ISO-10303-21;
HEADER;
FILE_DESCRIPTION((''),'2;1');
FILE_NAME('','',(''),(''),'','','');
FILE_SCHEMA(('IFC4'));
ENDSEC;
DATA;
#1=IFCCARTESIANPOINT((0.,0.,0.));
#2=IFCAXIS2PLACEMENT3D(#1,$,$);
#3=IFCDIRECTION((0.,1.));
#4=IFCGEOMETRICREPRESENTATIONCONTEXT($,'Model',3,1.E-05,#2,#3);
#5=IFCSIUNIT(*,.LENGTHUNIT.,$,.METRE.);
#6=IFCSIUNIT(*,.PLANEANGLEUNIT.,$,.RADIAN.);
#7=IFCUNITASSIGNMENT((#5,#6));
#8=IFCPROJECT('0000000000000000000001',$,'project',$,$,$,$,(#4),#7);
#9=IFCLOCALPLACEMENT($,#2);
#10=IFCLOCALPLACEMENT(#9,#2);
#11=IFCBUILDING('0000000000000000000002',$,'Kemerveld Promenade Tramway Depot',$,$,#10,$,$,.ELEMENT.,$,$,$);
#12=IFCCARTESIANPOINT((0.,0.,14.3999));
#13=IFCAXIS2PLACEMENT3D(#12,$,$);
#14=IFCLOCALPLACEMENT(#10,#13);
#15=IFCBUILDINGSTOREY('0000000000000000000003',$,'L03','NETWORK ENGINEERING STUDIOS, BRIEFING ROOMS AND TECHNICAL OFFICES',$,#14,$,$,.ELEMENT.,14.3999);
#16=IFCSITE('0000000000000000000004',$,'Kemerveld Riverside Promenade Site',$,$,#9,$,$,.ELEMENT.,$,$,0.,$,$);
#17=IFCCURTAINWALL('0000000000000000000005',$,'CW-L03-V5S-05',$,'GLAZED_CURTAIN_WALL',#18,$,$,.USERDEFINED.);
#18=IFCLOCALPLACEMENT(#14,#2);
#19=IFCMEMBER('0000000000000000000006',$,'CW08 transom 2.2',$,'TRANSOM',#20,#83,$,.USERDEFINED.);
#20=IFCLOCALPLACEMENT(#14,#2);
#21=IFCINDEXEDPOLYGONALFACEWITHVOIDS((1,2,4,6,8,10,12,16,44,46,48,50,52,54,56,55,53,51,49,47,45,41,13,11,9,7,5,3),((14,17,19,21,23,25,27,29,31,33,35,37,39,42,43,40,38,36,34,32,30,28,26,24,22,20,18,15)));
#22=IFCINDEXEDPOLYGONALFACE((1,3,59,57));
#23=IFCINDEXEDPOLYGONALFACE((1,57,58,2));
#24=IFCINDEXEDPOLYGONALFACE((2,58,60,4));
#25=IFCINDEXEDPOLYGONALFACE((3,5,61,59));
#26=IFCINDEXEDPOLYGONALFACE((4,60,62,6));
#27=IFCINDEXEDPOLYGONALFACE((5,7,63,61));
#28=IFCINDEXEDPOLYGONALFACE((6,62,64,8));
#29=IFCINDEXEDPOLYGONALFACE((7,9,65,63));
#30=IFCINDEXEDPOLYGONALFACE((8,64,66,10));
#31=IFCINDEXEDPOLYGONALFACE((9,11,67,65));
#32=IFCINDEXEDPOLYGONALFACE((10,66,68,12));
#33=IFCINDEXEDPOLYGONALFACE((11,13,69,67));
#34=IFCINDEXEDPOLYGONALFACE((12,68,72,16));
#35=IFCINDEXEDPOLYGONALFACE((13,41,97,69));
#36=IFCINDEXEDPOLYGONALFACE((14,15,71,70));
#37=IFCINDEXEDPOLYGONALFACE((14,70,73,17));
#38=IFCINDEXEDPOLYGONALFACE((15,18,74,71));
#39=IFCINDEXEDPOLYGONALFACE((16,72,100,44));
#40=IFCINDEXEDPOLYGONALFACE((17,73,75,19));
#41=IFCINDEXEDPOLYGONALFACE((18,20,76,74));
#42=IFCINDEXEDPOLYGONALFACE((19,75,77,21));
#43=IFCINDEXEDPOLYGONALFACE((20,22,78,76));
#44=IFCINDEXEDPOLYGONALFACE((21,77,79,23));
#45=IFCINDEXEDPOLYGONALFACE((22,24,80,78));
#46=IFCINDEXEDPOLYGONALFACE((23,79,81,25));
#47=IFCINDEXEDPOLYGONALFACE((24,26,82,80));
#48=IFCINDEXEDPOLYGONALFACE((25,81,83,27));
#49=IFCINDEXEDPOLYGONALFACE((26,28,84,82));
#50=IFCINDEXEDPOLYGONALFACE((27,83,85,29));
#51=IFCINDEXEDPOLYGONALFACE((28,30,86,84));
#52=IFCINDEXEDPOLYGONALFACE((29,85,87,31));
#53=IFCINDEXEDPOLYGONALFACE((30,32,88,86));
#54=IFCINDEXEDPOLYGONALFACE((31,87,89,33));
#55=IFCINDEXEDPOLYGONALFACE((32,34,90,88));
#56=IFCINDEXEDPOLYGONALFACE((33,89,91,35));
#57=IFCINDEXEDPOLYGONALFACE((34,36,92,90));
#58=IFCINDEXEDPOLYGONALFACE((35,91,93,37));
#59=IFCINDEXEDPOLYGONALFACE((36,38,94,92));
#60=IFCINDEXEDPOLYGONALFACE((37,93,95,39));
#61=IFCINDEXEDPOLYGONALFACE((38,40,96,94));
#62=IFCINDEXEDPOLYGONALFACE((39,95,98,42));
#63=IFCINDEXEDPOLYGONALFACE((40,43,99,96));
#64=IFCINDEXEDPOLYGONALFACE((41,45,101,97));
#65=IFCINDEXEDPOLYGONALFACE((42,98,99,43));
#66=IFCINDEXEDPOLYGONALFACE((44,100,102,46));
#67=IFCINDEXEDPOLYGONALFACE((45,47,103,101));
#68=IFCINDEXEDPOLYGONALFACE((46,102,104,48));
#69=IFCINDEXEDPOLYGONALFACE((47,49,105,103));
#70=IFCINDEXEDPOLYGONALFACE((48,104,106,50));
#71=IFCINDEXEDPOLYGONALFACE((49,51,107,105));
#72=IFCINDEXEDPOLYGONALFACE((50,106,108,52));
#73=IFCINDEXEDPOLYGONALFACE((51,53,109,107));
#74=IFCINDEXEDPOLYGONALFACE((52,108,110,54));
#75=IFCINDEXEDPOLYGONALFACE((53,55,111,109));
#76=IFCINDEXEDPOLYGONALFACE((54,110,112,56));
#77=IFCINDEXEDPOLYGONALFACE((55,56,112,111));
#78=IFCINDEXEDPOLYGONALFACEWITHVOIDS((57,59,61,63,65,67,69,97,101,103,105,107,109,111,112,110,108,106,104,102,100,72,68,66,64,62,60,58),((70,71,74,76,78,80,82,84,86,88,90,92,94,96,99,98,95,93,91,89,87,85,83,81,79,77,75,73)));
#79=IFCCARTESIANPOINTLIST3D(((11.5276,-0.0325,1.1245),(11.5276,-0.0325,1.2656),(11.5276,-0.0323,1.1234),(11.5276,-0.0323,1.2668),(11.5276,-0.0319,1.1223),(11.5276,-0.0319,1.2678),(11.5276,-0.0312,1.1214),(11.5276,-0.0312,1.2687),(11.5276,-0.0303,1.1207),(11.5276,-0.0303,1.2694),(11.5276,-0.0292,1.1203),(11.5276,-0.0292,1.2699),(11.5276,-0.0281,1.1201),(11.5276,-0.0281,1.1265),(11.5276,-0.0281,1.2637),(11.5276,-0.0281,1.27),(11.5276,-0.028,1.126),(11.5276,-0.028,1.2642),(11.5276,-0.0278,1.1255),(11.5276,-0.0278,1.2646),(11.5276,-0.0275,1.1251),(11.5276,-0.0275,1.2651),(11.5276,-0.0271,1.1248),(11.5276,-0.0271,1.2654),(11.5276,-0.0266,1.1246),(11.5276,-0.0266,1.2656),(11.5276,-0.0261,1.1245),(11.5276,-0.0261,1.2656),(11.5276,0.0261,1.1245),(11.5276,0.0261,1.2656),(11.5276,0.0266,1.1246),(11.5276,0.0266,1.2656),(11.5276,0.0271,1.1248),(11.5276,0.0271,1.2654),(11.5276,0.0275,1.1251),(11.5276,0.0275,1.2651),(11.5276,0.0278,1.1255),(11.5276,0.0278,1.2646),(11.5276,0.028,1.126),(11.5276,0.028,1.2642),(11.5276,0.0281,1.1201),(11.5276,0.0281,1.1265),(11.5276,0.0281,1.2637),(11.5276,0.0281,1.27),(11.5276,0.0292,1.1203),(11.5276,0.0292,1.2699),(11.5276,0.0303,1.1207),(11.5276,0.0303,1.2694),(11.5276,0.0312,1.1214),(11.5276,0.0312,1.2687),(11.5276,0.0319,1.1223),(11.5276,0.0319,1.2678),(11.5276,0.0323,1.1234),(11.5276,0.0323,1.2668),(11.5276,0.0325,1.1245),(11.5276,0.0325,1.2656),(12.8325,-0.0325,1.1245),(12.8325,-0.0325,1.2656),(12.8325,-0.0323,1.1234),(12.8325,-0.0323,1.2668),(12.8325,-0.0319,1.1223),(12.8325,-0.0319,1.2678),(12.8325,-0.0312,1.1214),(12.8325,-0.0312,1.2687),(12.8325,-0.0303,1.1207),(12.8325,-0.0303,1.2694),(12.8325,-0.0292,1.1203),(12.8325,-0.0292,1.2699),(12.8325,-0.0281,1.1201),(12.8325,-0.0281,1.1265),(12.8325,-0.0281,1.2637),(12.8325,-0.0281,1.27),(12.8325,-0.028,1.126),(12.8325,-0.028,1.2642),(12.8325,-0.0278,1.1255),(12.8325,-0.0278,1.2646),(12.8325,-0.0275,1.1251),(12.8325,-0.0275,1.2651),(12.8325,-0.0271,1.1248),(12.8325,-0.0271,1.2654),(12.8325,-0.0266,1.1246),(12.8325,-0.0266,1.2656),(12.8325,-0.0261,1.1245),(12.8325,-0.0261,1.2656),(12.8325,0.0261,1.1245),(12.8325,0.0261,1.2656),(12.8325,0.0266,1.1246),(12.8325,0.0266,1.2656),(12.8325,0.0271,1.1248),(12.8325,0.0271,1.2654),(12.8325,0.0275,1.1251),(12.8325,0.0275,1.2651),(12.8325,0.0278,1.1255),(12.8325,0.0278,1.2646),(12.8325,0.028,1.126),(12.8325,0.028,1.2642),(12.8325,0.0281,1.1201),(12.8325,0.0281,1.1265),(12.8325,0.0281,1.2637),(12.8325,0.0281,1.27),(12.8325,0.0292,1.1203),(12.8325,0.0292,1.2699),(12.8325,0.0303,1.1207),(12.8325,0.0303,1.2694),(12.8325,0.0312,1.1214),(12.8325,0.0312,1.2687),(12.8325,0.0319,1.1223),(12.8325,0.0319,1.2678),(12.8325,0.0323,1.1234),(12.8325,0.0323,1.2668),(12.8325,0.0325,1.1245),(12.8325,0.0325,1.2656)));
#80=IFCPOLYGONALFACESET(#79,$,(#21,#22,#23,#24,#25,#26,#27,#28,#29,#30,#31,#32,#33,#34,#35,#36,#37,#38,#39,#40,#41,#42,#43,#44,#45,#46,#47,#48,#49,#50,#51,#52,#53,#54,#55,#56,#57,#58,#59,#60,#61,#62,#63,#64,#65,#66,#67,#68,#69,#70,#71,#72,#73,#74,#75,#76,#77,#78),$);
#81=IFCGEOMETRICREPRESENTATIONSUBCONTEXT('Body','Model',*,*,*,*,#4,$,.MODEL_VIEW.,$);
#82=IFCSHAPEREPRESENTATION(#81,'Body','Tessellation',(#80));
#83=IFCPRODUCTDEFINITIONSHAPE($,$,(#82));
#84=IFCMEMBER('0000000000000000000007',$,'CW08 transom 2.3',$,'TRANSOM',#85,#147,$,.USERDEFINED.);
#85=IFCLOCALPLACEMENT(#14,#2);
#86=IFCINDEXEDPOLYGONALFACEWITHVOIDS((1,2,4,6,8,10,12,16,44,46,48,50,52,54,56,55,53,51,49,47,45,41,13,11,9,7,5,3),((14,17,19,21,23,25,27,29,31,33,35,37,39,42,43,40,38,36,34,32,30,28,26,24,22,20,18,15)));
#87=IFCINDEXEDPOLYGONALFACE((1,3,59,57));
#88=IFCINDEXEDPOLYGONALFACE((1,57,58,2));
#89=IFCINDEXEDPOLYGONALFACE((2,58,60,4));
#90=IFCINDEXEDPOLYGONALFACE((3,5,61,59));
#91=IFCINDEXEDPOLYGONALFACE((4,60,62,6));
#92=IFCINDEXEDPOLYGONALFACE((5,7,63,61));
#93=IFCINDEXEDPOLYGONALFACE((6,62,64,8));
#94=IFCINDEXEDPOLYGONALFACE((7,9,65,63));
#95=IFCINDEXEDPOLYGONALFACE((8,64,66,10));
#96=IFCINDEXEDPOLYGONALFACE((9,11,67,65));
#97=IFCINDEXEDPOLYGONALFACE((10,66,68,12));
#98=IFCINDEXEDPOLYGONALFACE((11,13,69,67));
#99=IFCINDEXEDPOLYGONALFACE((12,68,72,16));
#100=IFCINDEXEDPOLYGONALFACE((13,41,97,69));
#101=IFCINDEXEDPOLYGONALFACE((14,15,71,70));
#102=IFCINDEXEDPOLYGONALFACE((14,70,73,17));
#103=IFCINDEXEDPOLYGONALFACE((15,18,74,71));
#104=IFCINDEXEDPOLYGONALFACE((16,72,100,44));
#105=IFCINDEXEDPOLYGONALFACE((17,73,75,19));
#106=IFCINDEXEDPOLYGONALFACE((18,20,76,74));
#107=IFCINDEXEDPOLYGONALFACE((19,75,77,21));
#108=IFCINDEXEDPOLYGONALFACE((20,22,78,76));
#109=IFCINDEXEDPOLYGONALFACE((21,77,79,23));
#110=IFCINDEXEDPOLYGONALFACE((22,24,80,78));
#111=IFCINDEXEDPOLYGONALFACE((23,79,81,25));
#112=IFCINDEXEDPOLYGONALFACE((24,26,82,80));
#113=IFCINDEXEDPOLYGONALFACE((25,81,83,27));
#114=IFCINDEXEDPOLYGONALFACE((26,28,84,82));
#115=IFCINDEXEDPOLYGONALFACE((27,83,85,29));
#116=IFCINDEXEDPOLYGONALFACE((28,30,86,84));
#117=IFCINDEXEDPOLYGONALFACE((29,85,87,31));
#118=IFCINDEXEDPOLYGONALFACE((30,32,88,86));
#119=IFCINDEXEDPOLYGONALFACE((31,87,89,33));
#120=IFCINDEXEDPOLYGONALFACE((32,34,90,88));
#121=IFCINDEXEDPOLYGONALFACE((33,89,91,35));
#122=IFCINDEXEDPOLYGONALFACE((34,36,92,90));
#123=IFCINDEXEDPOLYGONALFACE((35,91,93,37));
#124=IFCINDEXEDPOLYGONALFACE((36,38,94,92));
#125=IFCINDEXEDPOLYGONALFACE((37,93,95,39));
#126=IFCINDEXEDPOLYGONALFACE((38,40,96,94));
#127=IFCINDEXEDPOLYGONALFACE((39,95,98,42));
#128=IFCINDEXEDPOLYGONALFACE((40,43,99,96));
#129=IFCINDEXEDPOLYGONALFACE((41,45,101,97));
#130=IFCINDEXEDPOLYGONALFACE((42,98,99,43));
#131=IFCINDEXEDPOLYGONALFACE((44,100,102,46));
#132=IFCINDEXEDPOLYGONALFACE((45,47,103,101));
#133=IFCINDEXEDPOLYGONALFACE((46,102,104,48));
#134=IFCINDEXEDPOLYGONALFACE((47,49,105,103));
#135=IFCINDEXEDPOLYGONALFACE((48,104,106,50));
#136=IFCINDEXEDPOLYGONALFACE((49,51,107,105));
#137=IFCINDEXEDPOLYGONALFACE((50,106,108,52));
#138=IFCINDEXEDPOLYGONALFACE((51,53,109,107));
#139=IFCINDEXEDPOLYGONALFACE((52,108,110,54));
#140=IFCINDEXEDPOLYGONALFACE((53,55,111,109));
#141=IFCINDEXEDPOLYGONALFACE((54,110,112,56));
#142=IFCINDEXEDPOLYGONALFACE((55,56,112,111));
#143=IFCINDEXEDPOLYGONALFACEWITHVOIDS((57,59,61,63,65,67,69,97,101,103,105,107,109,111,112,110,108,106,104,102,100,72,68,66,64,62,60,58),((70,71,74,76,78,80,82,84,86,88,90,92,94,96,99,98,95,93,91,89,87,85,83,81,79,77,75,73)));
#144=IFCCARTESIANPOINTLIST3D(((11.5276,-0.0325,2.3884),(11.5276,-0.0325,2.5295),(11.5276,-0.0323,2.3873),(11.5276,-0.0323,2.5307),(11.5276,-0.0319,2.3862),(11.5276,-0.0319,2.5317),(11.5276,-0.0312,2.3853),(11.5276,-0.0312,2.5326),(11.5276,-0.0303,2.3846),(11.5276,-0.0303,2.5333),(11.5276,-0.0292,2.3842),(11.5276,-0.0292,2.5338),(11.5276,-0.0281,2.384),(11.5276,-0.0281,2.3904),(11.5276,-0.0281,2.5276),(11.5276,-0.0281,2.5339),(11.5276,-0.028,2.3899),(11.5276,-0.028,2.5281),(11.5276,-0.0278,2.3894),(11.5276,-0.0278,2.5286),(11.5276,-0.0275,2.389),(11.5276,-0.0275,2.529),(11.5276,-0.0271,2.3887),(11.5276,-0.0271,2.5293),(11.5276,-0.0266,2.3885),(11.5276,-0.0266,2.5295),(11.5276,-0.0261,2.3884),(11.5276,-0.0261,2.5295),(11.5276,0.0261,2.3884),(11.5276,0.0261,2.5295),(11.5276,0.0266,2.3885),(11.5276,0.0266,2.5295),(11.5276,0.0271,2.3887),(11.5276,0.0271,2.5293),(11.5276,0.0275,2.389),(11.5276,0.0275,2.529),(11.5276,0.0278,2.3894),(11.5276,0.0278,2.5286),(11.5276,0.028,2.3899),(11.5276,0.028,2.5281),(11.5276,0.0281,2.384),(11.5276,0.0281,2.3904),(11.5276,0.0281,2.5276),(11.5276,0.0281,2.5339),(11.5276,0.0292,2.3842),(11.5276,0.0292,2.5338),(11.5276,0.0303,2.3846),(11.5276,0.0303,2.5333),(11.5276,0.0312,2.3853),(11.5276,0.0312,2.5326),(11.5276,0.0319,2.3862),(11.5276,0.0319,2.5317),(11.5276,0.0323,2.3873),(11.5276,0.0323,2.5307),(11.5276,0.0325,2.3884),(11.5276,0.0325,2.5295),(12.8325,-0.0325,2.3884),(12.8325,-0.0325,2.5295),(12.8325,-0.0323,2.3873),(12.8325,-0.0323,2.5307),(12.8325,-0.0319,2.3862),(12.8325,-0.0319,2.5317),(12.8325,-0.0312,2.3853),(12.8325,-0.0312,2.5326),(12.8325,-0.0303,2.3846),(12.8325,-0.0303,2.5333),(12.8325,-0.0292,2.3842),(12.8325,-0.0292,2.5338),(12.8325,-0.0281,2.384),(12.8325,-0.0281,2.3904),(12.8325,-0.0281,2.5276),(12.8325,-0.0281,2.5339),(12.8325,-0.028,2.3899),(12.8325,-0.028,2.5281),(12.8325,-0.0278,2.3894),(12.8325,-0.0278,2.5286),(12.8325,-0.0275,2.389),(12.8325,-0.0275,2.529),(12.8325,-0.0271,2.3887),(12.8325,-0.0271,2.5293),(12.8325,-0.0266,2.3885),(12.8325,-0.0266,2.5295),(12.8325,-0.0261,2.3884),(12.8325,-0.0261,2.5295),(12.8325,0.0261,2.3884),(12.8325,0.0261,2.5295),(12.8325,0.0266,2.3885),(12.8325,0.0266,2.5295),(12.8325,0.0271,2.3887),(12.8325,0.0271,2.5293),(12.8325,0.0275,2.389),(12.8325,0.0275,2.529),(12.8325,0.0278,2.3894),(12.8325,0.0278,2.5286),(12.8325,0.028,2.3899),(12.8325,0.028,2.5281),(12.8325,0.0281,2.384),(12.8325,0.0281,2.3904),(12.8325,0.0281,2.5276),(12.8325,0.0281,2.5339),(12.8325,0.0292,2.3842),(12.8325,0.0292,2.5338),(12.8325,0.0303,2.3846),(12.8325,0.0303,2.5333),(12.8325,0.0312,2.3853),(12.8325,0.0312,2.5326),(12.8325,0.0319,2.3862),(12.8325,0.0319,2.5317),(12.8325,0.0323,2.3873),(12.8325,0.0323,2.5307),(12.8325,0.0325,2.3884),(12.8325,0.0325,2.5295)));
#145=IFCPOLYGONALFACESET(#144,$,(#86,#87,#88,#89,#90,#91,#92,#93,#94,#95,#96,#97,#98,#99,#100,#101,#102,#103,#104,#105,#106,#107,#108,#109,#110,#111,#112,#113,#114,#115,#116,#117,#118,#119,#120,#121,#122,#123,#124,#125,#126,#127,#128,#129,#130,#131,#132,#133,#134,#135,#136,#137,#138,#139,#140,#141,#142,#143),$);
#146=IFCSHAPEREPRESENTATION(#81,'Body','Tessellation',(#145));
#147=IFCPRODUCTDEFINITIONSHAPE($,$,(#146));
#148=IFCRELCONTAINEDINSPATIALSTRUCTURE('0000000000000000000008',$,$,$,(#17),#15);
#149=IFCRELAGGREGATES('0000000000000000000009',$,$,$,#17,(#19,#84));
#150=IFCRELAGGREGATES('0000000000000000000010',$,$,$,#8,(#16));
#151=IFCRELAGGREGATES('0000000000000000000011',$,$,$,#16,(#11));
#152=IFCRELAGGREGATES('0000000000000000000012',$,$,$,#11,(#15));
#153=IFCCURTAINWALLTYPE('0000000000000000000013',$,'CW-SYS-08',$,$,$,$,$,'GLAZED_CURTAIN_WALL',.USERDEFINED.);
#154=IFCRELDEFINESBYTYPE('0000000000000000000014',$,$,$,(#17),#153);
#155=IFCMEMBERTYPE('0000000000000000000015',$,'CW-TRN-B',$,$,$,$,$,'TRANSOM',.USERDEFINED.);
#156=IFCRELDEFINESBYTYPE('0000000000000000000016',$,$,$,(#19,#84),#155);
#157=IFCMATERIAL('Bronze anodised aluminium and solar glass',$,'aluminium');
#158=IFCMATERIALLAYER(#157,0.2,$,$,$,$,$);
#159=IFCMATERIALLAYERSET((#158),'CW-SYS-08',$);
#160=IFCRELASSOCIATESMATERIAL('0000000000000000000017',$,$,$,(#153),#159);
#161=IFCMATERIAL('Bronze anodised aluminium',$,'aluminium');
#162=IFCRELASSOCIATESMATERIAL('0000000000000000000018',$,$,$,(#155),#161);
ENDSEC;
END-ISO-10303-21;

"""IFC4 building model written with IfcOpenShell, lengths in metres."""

from ifc_helpers import new_model, si_unit, direction, frame, origin, origin_2d, place, context, subcontext, project, spatial, hollow_rectangle, extrude, material, layer, layer_set, material_profile, profile_set, type_object, element, aggregate, save


model = new_model("IFC4")

# Units and contexts
model_context = context("Model", 3, precision=1e-05, world=origin(), true_north=direction((0.0, 1.0)))
body_context = subcontext(model_context, "Body", "Model", "MODEL_VIEW")
ifc_project = project(units=[si_unit("LENGTHUNIT", "METRE"), si_unit("PLANEANGLEUNIT", "RADIAN")], contexts=[model_context])

# Site, building, storey
site_placement = place(None, origin())
site = spatial("IfcSite", under=ifc_project, at=site_placement, Name="Kemerveld Riverside Promenade Site", CompositionType="ELEMENT", RefElevation=0.0)
building_placement = place(site_placement, origin())
building = spatial("IfcBuilding", under=site, at=building_placement, Name="Kemerveld Promenade Tramway Depot", CompositionType="ELEMENT")
storey_placement = place(building_placement, frame((0.0, 0.0, 14.3999)))
storey = spatial("IfcBuildingStorey", under=building, at=storey_placement, Name="L03", Description="NETWORK ENGINEERING STUDIOS, BRIEFING ROOMS AND TECHNICAL OFFICES", CompositionType="ELEMENT", Elevation=14.3999)

# Curtain wall, members
ifc_material_1 = material(Name="Bronze anodised aluminium and solar glass", Category="aluminium")
ifc_layer_1 = layer(ifc_material_1, 0.2)
ifc_layer_set_1 = layer_set([ifc_layer_1], Name="CW-SYS-08")
curtain_wall_type = type_object("IfcCurtainWallType", Name="CW-SYS-08", ElementType="GLAZED_CURTAIN_WALL", PredefinedType="USERDEFINED", material=ifc_layer_set_1)
curtain_wall_placement = place(storey_placement, origin())
curtain_wall = element("IfcCurtainWall", 1, at=curtain_wall_placement, inside=storey, type_object=curtain_wall_type, Name="CW-L03-V5S-05", ObjectType="GLAZED_CURTAIN_WALL", PredefinedType="USERDEFINED")
ifc_material_2 = material(Name="Bronze anodised aluminium", Category="aluminium")
ifc_material_profile_1 = material_profile(ifc_material_2, hollow_rectangle(XDim=0.0649, YDim=0.1499, WallThickness=0.0044, InnerFilletRadius=0.002, OuterFilletRadius=0.0044, at=origin_2d()), Name="CW-TRN-150x65")
ifc_profile_set_1 = profile_set([ifc_material_profile_1], Name="Bronze anodised aluminium")
member_type_1 = type_object("IfcMemberType", Name="CW-TRN-B", ElementType="TRANSOM", PredefinedType="USERDEFINED", material=ifc_profile_set_1)
member_1_placement = place(storey_placement, frame((12.8325, 0.0, 1.1951), z_axis=(-1.0, 0.0, 0.0), x_axis=(0.0, -1.0, 0.0)))
member_1 = element("IfcMember", 2, at=member_1_placement, type_object=member_type_1, Name="CW08 transom 2.2", ObjectType="TRANSOM", PredefinedType="USERDEFINED", context=body_context, shape_type="SweptSolid", body=[
    extrude(hollow_rectangle(XDim=0.0649, YDim=0.1499, WallThickness=0.0044, InnerFilletRadius=0.002, OuterFilletRadius=0.0044, at=origin_2d()), origin(), (0.0, 0.0, 1.0), 1.3049),
])
member_2_placement = place(storey_placement, frame((12.8325, 0.0, 2.459), z_axis=(-1.0, 0.0, 0.0), x_axis=(0.0, -1.0, 0.0)))
member_2 = element("IfcMember", 3, at=member_2_placement, type_object=member_type_1, Name="CW08 transom 2.3", ObjectType="TRANSOM", PredefinedType="USERDEFINED", context=body_context, shape_type="SweptSolid", body=[
    extrude(hollow_rectangle(XDim=0.0649, YDim=0.1499, WallThickness=0.0044, InnerFilletRadius=0.002, OuterFilletRadius=0.0044, at=origin_2d()), origin(), (0.0, 0.0, 1.0), 1.3049),
])
aggregate(curtain_wall, [member_1, member_2])

save(model, "model.ifc")
